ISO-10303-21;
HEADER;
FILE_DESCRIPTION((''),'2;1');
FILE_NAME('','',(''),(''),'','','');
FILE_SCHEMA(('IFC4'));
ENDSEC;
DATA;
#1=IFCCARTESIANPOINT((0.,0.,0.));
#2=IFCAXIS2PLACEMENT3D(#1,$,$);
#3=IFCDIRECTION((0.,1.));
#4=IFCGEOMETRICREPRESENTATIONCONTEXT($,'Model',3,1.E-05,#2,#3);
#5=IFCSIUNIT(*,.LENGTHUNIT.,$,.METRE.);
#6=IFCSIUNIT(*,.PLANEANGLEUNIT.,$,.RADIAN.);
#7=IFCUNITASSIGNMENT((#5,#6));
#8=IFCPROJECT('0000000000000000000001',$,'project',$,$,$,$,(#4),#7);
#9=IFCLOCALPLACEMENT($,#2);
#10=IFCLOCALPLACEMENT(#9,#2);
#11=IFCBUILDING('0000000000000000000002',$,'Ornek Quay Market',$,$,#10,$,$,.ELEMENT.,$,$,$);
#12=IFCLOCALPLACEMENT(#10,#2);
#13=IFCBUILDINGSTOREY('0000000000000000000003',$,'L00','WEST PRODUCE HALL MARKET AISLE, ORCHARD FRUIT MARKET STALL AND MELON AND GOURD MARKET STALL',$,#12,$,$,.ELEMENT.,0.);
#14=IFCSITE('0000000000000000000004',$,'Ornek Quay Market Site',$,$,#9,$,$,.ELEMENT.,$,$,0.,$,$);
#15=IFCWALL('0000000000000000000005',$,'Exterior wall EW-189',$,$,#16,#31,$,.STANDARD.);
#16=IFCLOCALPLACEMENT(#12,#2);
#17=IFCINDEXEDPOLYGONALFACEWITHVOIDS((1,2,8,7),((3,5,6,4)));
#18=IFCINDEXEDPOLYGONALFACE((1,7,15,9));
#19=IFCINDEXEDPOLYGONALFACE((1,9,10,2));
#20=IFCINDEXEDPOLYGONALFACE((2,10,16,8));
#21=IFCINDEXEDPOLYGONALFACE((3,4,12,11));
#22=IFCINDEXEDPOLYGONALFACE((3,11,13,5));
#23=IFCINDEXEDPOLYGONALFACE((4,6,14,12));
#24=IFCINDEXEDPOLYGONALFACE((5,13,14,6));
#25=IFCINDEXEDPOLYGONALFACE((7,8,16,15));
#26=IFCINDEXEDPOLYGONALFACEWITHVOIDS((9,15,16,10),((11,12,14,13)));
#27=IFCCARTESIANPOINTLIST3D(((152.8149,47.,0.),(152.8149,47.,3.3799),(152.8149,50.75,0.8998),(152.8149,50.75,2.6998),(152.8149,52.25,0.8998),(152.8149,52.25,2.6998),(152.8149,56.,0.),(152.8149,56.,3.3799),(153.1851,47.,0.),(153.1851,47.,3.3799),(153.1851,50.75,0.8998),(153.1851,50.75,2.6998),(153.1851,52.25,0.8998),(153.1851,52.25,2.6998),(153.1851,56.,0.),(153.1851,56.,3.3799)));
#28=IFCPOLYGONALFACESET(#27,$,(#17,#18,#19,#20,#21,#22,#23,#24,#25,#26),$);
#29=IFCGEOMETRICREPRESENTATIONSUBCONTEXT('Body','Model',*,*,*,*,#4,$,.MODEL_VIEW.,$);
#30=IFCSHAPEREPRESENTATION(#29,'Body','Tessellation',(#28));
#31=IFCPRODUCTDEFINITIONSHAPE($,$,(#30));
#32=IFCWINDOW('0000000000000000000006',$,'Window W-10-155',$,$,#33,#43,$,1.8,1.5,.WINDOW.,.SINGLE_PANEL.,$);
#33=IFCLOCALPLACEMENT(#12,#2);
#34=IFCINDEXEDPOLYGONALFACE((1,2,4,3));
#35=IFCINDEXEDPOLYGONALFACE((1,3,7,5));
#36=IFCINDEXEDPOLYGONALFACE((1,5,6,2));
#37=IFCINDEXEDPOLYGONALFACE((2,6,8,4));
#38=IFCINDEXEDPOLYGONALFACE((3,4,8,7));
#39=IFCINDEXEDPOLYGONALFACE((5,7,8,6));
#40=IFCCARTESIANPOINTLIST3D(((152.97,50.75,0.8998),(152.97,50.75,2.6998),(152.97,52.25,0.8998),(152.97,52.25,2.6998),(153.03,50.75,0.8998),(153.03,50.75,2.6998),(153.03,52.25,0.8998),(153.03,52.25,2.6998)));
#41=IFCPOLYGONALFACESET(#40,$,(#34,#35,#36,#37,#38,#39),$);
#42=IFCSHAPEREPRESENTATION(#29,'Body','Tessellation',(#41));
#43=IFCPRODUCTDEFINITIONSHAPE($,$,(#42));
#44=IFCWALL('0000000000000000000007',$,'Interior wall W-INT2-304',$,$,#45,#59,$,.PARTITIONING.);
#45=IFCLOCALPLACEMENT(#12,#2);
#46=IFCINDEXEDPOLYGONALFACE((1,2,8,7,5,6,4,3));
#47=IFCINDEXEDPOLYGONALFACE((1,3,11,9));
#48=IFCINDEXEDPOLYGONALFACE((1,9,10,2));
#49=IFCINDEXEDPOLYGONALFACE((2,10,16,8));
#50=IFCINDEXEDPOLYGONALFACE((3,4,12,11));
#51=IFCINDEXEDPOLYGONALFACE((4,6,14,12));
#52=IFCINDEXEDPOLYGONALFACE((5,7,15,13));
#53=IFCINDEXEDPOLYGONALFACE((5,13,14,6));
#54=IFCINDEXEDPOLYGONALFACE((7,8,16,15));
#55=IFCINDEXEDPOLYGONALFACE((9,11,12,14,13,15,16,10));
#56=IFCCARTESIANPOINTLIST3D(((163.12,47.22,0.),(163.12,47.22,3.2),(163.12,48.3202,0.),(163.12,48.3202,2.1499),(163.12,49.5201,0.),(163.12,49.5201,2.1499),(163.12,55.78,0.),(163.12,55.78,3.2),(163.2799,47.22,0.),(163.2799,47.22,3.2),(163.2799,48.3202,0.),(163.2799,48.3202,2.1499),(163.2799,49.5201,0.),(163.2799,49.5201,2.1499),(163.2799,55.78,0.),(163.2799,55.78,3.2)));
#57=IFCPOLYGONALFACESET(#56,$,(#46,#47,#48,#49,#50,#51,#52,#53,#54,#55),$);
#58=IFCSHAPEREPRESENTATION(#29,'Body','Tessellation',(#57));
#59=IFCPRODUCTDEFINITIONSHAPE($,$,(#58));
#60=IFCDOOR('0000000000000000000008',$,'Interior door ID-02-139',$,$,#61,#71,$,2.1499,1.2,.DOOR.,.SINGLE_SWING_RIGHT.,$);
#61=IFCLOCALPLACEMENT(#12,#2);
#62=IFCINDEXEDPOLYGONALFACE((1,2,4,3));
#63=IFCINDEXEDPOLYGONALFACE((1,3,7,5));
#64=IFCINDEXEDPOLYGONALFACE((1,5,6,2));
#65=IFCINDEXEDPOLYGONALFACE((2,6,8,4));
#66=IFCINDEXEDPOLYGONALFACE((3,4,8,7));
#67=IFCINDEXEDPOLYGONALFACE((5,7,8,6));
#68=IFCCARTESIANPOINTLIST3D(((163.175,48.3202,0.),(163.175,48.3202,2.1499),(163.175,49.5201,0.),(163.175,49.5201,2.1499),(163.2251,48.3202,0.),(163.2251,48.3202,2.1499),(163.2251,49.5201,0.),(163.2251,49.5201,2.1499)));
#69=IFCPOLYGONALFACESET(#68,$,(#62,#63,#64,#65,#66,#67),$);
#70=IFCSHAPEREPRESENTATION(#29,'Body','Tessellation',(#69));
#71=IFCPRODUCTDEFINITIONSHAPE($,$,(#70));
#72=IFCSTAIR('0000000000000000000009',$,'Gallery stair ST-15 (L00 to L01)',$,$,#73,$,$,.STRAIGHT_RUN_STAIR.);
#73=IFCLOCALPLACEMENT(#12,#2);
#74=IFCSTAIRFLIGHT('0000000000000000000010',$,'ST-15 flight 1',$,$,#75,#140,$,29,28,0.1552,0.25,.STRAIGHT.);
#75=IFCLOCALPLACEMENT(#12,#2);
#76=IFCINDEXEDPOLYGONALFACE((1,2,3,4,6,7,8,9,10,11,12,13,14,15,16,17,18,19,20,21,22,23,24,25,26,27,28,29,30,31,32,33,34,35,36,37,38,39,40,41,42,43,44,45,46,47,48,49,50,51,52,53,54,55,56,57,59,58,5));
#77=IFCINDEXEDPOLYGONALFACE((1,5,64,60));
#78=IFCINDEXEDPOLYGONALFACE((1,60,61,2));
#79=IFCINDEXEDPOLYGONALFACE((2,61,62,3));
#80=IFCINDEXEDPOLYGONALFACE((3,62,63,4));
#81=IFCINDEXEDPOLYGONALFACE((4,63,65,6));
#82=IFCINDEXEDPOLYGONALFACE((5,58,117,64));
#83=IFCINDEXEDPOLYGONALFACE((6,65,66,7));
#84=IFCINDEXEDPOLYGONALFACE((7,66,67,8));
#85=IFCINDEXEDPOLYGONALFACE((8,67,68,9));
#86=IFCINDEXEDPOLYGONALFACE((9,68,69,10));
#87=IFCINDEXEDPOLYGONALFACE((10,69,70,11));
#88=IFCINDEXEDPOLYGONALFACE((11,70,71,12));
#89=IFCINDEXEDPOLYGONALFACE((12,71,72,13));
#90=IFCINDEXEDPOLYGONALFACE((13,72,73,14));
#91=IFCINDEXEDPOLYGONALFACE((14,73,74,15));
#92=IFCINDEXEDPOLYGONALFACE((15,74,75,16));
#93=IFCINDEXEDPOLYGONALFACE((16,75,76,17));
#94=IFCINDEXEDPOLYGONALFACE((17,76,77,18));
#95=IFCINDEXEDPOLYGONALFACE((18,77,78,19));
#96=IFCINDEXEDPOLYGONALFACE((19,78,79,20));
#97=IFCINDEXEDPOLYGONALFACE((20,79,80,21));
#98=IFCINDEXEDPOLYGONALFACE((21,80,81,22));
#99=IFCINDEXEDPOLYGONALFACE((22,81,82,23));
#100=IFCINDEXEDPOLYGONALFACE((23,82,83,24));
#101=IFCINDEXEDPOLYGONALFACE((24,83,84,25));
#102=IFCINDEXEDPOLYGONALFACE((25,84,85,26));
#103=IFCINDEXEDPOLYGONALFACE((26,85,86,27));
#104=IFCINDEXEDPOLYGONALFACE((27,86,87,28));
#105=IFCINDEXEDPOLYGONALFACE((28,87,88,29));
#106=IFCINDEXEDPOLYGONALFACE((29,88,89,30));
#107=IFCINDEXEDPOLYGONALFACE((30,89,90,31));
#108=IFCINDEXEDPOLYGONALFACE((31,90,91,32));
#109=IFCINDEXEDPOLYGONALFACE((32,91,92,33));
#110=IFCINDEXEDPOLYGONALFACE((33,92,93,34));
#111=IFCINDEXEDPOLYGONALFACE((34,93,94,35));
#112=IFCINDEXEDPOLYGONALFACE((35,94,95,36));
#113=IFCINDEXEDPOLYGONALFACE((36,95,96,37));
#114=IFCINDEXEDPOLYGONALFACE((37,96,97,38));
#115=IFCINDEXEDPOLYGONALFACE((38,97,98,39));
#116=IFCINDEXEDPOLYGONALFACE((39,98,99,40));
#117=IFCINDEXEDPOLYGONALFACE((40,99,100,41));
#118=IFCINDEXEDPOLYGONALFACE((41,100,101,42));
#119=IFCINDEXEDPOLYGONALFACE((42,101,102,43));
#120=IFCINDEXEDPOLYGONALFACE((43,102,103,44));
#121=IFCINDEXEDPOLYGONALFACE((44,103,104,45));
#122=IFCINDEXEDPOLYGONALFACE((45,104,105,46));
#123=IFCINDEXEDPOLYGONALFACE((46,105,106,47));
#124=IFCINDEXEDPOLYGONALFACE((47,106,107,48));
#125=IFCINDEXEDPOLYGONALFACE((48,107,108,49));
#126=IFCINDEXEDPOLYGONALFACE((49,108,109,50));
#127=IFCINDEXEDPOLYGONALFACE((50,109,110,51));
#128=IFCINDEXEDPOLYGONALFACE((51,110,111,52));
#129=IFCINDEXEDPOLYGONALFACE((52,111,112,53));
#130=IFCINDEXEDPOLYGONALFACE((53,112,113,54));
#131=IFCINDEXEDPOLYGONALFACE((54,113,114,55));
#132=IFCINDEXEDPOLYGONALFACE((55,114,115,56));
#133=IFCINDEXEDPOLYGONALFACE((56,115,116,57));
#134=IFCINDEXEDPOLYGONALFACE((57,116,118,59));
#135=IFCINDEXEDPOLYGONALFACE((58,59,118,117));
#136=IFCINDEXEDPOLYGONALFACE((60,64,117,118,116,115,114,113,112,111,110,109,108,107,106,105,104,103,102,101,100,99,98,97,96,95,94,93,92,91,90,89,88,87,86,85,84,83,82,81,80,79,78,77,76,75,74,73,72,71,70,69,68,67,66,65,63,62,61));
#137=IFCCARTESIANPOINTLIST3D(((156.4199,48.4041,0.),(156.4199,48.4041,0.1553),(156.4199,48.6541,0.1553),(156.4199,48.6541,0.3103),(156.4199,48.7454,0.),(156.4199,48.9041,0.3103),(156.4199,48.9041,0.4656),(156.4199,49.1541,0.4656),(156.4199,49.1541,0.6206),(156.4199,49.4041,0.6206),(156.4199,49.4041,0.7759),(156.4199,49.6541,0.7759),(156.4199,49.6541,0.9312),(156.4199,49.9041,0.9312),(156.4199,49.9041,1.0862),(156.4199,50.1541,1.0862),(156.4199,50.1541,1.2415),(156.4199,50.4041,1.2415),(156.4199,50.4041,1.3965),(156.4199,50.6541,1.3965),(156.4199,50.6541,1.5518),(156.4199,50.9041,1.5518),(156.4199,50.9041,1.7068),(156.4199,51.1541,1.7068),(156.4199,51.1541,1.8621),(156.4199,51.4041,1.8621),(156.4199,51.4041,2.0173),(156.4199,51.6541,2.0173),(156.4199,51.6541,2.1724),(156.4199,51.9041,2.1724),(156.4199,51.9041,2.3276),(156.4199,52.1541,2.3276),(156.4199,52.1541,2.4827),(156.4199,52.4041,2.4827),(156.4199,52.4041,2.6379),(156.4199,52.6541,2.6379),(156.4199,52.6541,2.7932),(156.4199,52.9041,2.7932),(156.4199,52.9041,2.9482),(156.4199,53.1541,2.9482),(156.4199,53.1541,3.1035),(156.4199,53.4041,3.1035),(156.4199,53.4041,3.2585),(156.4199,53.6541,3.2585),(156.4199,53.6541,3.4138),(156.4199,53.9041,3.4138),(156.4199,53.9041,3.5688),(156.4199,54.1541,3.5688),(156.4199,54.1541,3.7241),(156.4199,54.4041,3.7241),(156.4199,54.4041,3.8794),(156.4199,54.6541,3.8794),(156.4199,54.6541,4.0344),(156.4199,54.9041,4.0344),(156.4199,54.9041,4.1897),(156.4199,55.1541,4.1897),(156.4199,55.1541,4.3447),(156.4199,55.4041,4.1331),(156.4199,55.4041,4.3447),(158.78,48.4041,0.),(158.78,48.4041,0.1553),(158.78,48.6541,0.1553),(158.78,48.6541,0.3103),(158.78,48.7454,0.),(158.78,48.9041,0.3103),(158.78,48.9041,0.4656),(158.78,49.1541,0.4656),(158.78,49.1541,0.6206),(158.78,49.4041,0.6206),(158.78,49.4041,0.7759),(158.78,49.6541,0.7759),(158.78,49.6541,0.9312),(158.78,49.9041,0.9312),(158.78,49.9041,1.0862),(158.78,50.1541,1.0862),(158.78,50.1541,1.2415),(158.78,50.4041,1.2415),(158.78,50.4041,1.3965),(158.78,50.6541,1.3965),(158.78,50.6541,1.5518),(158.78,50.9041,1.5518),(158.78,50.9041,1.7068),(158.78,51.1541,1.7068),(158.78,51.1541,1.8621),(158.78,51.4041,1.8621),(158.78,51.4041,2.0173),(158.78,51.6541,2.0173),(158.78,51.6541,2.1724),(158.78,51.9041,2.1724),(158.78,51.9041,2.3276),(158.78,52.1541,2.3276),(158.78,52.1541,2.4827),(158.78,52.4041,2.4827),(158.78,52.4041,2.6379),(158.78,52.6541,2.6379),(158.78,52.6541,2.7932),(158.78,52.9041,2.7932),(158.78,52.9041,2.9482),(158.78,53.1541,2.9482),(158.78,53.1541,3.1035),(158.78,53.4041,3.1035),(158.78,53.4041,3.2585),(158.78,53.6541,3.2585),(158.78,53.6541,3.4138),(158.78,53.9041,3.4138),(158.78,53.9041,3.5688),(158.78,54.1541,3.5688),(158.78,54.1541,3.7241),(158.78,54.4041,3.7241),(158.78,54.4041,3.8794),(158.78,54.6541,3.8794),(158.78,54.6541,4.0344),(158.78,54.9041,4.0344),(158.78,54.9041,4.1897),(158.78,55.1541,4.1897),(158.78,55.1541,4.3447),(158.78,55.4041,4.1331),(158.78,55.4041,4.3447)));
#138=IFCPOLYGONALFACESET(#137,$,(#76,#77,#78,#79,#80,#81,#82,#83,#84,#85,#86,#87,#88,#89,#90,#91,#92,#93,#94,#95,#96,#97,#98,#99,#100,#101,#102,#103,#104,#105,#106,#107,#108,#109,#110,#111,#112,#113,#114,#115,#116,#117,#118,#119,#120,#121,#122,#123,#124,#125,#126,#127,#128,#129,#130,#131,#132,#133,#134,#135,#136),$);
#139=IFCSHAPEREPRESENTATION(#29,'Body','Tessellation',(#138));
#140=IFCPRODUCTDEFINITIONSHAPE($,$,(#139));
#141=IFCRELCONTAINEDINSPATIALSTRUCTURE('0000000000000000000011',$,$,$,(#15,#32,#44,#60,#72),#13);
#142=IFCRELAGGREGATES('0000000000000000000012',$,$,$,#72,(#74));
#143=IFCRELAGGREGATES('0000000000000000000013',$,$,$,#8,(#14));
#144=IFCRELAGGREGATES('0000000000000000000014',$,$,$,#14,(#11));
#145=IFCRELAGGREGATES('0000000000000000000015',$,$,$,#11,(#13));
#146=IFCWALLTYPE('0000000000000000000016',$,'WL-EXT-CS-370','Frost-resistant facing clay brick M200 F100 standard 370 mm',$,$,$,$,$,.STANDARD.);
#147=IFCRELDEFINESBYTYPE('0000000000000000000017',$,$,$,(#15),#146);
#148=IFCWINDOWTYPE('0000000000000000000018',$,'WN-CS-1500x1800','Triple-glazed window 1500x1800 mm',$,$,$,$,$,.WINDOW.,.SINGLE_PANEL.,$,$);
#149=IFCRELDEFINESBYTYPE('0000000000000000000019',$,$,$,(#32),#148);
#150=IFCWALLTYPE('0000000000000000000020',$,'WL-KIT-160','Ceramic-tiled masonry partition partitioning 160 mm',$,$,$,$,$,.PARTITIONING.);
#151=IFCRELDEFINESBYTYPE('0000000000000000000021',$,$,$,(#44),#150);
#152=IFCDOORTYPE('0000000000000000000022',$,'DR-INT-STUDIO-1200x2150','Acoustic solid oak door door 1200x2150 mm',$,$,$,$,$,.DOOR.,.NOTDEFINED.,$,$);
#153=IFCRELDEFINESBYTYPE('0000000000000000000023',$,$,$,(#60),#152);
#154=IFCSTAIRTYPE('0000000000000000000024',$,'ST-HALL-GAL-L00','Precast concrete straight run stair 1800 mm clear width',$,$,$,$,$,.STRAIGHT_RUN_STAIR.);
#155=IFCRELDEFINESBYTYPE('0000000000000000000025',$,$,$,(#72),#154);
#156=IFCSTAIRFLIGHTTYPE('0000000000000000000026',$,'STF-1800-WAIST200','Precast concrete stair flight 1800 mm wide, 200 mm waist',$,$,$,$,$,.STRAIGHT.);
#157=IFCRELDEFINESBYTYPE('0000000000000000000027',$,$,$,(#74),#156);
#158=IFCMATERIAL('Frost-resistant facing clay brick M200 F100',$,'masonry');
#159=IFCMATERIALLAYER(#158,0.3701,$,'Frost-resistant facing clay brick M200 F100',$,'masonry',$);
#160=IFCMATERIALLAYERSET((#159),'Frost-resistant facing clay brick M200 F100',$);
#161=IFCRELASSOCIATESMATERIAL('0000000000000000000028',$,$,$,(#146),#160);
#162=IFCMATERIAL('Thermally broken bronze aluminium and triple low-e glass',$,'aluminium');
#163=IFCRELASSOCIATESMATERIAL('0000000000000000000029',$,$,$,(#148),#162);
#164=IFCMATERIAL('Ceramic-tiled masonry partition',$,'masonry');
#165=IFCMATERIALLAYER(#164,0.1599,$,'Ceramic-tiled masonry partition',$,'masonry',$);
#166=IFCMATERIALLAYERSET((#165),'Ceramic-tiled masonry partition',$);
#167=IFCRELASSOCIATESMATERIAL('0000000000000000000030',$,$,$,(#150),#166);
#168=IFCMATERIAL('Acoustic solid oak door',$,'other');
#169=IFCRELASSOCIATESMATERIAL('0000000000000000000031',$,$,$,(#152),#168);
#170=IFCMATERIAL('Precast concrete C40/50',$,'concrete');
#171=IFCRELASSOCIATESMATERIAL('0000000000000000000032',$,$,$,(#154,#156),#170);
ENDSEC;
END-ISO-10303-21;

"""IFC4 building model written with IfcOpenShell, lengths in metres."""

from ifc_helpers import new_model, si_unit, direction, frame, frame_2d, origin, place, context, subcontext, project, spatial, polyline, rectangle, outline, extrude, material, layer, layer_set, type_object, element, fill, aggregate, save


model = new_model("IFC4")

# Units and contexts
model_context = context("Model", 3, precision=1e-05, world=origin(), true_north=direction((0.0, 1.0)))
body_context = subcontext(model_context, "Body", "Model", "MODEL_VIEW")
ifc_project = project(units=[si_unit("LENGTHUNIT", "METRE"), si_unit("PLANEANGLEUNIT", "RADIAN")], contexts=[model_context])

# Site, building, storey
site_placement = place(None, origin())
site = spatial("IfcSite", under=ifc_project, at=site_placement, Name="Ornek Quay Market Site", CompositionType="ELEMENT", RefElevation=0.0)
building_placement = place(site_placement, origin())
building = spatial("IfcBuilding", under=site, at=building_placement, Name="Ornek Quay Market", CompositionType="ELEMENT")
storey_placement = place(building_placement, origin())
storey = spatial("IfcBuildingStorey", under=building, at=storey_placement, Name="L00", Description="WEST PRODUCE HALL MARKET AISLE, ORCHARD FRUIT MARKET STALL AND MELON AND GOURD MARKET STALL", CompositionType="ELEMENT", Elevation=0.0)

# Wall, opening, window
ifc_material_1 = material(Name="Frost-resistant facing clay brick M200 F100", Category="masonry")
ifc_layer_1 = layer(ifc_material_1, 0.3701, Name="Frost-resistant facing clay brick M200 F100", Category="masonry")
ifc_layer_set_1 = layer_set([ifc_layer_1], Name="Frost-resistant facing clay brick M200 F100")
wall_type_1 = type_object("IfcWallType", Name="WL-EXT-CS-370", Description="Frost-resistant facing clay brick M200 F100 standard 370 mm", PredefinedType="STANDARD", material=ifc_layer_set_1)
wall_1_placement = place(storey_placement, frame((153.0, 47.0, 0.0), z_axis=(0.0, 0.0, 1.0), x_axis=(0.0, 1.0, 0.0)))
wall_1 = element("IfcWall", 1, at=wall_1_placement, inside=storey, type_object=wall_type_1, Name="Exterior wall EW-189", PredefinedType="STANDARD", context=body_context, shape_type="SweptSolid", body=[
    extrude(rectangle(XDim=9.0, YDim=0.3701, at=frame_2d((4.5, 0.0))), origin(), (0.0, 0.0, 1.0), 3.3799),
])
opening_1_placement = place(wall_1_placement, frame((3.75, 0.0, 0.8999)))
opening_1 = element("IfcOpeningElement", 2, at=opening_1_placement, cuts=wall_1, PredefinedType="OPENING", context=body_context, shape_type="SweptSolid", body=[
    extrude(rectangle(XDim=1.5, YDim=1.8, at=frame_2d((0.75, 0.8999))), frame((0.0, 0.1951, 0.0), z_axis=(0.0, -1.0, 0.0), x_axis=(1.0, 0.0, 0.0)), (0.0, 0.0, 1.0), 0.3901),
])
ifc_material_2 = material(Name="Thermally broken bronze aluminium and triple low-e glass", Category="aluminium")
window_type = type_object("IfcWindowType", Name="WN-CS-1500x1800", Description="Triple-glazed window 1500x1800 mm", PartitioningType="SINGLE_PANEL", PredefinedType="WINDOW", material=ifc_material_2)
window_placement = place(opening_1_placement, origin())
window = element("IfcWindow", 3, at=window_placement, inside=storey, type_object=window_type, Name="Window W-10-155", OverallHeight=1.8, OverallWidth=1.5, PartitioningType="SINGLE_PANEL", PredefinedType="WINDOW", context=body_context, shape_type="SweptSolid", body=[
    extrude(rectangle(XDim=1.5, YDim=1.8, at=frame_2d((0.75, 0.8999))), frame((0.0, 0.03, 0.0), z_axis=(0.0, -1.0, 0.0), x_axis=(1.0, 0.0, 0.0)), (0.0, 0.0, 1.0), 0.0601),
])
fill(opening_1, window)

# Wall, opening, door
ifc_material_3 = material(Name="Ceramic-tiled masonry partition", Category="masonry")
ifc_layer_2 = layer(ifc_material_3, 0.1599, Name="Ceramic-tiled masonry partition", Category="masonry")
ifc_layer_set_2 = layer_set([ifc_layer_2], Name="Ceramic-tiled masonry partition")
wall_type_2 = type_object("IfcWallType", Name="WL-KIT-160", Description="Ceramic-tiled masonry partition partitioning 160 mm", PredefinedType="PARTITIONING", material=ifc_layer_set_2)
wall_2_placement = place(storey_placement, frame((163.2, 47.22, 0.0), z_axis=(0.0, 0.0, 1.0), x_axis=(0.0, 1.0, 0.0)))
wall_2 = element("IfcWall", 4, at=wall_2_placement, inside=storey, type_object=wall_type_2, Name="Interior wall W-INT2-304", PredefinedType="PARTITIONING", context=body_context, shape_type="SweptSolid", body=[
    extrude(rectangle(XDim=8.5601, YDim=0.1599, at=frame_2d((4.28, 0.0))), origin(), (0.0, 0.0, 1.0), 3.2),
])
opening_2_placement = place(wall_2_placement, frame((1.1001, 0.0, 0.0)))
opening_2 = element("IfcOpeningElement", 5, at=opening_2_placement, cuts=wall_2, PredefinedType="OPENING", context=body_context, shape_type="SweptSolid", body=[
    extrude(rectangle(XDim=1.2, YDim=2.1499, at=frame_2d((0.6001, 1.075))), frame((0.0, 0.0898, 0.0), z_axis=(0.0, -1.0, 0.0), x_axis=(1.0, 0.0, 0.0)), (0.0, 0.0, 1.0), 0.1799),
])
ifc_material_4 = material(Name="Acoustic solid oak door", Category="other")
door_type = type_object("IfcDoorType", Name="DR-INT-STUDIO-1200x2150", Description="Acoustic solid oak door door 1200x2150 mm", OperationType="NOTDEFINED", PredefinedType="DOOR", material=ifc_material_4)
door_placement = place(opening_2_placement, origin())
door = element("IfcDoor", 6, at=door_placement, inside=storey, type_object=door_type, Name="Interior door ID-02-139", OperationType="SINGLE_SWING_RIGHT", OverallHeight=2.1499, OverallWidth=1.2, PredefinedType="DOOR", context=body_context, shape_type="SweptSolid", body=[
    extrude(rectangle(XDim=1.2, YDim=2.1499, at=frame_2d((0.6001, 1.075))), frame((0.0, 0.0249, 0.0), z_axis=(0.0, -1.0, 0.0), x_axis=(1.0, 0.0, 0.0)), (0.0, 0.0, 1.0), 0.05),
])
fill(opening_2, door)

# Stair, stair flight
ifc_material_5 = material(Name="Precast concrete C40/50", Category="concrete")
stair_type = type_object("IfcStairType", Name="ST-HALL-GAL-L00", Description="Precast concrete straight run stair 1800 mm clear width", PredefinedType="STRAIGHT_RUN_STAIR", material=ifc_material_5)
stair_placement = place(storey_placement, origin())
stair = element("IfcStair", 7, at=stair_placement, inside=storey, type_object=stair_type, Name="Gallery stair ST-15 (L00 to L01)", PredefinedType="STRAIGHT_RUN_STAIR")
stair_flight_type = type_object("IfcStairFlightType", Name="STF-1800-WAIST200", Description="Precast concrete stair flight 1800 mm wide, 200 mm waist", PredefinedType="STRAIGHT", material=ifc_material_5)
stair_flight_placement = place(storey_placement, frame((157.6001, 48.4041, 0.0), z_axis=(0.0, 0.0, 1.0), x_axis=(0.0, 1.0, 0.0)))
stair_flight = element("IfcStairFlight", 8, at=stair_flight_placement, type_object=stair_flight_type, Name="ST-15 flight 1", NumberOfRisers=29, NumberOfTreads=28, PredefinedType="STRAIGHT", RiserHeight=0.1552, TreadLength=0.25, context=body_context, shape_type="SweptSolid", body=[
    extrude(outline(polyline([(0.0, 0.0), (0.0, 0.1553), (0.25, 0.1553), (0.25, 0.3103), (0.5, 0.3103), (0.5, 0.4656), (0.75, 0.4656), (0.75, 0.6206), (1.0, 0.6206), (1.0, 0.7759), (1.25, 0.7759), (1.25, 0.9312), (1.5, 0.9312), (1.5, 1.0862), (1.75, 1.0862), (1.75, 1.2415), (2.0, 1.2415), (2.0, 1.3965), (2.25, 1.3965), (2.25, 1.5518), (2.5, 1.5518), (2.5, 1.7068), (2.75, 1.7068), (2.75, 1.8621), (3.0, 1.8621), (3.0, 2.0173), (3.25, 2.0173), (3.25, 2.1724), (3.5, 2.1724), (3.5, 2.3276), (3.75, 2.3276), (3.75, 2.4827), (4.0, 2.4827), (4.0, 2.6379), (4.25, 2.6379), (4.25, 2.7932), (4.5, 2.7932), (4.5, 2.9482), (4.75, 2.9482), (4.75, 3.1035), (5.0, 3.1035), (5.0, 3.2585), (5.25, 3.2585), (5.25, 3.4138), (5.5, 3.4138), (5.5, 3.5688), (5.75, 3.5688), (5.75, 3.7241), (6.0, 3.7241), (6.0, 3.8794), (6.25, 3.8794), (6.25, 4.0344), (6.5, 4.0344), (6.5, 4.1897), (6.75, 4.1897), (6.75, 4.3447), (7.0, 4.3447), (7.0, 4.5), (7.0, 4.1331), (0.3413, 0.0), (0.0, 0.0)])), frame((0.0, 1.1802, 0.0), z_axis=(0.0, -1.0, 0.0), x_axis=(1.0, 0.0, 0.0)), (0.0, 0.0, 1.0), 2.3601),
])
aggregate(stair, [stair_flight])

save(model, "model.ifc")
